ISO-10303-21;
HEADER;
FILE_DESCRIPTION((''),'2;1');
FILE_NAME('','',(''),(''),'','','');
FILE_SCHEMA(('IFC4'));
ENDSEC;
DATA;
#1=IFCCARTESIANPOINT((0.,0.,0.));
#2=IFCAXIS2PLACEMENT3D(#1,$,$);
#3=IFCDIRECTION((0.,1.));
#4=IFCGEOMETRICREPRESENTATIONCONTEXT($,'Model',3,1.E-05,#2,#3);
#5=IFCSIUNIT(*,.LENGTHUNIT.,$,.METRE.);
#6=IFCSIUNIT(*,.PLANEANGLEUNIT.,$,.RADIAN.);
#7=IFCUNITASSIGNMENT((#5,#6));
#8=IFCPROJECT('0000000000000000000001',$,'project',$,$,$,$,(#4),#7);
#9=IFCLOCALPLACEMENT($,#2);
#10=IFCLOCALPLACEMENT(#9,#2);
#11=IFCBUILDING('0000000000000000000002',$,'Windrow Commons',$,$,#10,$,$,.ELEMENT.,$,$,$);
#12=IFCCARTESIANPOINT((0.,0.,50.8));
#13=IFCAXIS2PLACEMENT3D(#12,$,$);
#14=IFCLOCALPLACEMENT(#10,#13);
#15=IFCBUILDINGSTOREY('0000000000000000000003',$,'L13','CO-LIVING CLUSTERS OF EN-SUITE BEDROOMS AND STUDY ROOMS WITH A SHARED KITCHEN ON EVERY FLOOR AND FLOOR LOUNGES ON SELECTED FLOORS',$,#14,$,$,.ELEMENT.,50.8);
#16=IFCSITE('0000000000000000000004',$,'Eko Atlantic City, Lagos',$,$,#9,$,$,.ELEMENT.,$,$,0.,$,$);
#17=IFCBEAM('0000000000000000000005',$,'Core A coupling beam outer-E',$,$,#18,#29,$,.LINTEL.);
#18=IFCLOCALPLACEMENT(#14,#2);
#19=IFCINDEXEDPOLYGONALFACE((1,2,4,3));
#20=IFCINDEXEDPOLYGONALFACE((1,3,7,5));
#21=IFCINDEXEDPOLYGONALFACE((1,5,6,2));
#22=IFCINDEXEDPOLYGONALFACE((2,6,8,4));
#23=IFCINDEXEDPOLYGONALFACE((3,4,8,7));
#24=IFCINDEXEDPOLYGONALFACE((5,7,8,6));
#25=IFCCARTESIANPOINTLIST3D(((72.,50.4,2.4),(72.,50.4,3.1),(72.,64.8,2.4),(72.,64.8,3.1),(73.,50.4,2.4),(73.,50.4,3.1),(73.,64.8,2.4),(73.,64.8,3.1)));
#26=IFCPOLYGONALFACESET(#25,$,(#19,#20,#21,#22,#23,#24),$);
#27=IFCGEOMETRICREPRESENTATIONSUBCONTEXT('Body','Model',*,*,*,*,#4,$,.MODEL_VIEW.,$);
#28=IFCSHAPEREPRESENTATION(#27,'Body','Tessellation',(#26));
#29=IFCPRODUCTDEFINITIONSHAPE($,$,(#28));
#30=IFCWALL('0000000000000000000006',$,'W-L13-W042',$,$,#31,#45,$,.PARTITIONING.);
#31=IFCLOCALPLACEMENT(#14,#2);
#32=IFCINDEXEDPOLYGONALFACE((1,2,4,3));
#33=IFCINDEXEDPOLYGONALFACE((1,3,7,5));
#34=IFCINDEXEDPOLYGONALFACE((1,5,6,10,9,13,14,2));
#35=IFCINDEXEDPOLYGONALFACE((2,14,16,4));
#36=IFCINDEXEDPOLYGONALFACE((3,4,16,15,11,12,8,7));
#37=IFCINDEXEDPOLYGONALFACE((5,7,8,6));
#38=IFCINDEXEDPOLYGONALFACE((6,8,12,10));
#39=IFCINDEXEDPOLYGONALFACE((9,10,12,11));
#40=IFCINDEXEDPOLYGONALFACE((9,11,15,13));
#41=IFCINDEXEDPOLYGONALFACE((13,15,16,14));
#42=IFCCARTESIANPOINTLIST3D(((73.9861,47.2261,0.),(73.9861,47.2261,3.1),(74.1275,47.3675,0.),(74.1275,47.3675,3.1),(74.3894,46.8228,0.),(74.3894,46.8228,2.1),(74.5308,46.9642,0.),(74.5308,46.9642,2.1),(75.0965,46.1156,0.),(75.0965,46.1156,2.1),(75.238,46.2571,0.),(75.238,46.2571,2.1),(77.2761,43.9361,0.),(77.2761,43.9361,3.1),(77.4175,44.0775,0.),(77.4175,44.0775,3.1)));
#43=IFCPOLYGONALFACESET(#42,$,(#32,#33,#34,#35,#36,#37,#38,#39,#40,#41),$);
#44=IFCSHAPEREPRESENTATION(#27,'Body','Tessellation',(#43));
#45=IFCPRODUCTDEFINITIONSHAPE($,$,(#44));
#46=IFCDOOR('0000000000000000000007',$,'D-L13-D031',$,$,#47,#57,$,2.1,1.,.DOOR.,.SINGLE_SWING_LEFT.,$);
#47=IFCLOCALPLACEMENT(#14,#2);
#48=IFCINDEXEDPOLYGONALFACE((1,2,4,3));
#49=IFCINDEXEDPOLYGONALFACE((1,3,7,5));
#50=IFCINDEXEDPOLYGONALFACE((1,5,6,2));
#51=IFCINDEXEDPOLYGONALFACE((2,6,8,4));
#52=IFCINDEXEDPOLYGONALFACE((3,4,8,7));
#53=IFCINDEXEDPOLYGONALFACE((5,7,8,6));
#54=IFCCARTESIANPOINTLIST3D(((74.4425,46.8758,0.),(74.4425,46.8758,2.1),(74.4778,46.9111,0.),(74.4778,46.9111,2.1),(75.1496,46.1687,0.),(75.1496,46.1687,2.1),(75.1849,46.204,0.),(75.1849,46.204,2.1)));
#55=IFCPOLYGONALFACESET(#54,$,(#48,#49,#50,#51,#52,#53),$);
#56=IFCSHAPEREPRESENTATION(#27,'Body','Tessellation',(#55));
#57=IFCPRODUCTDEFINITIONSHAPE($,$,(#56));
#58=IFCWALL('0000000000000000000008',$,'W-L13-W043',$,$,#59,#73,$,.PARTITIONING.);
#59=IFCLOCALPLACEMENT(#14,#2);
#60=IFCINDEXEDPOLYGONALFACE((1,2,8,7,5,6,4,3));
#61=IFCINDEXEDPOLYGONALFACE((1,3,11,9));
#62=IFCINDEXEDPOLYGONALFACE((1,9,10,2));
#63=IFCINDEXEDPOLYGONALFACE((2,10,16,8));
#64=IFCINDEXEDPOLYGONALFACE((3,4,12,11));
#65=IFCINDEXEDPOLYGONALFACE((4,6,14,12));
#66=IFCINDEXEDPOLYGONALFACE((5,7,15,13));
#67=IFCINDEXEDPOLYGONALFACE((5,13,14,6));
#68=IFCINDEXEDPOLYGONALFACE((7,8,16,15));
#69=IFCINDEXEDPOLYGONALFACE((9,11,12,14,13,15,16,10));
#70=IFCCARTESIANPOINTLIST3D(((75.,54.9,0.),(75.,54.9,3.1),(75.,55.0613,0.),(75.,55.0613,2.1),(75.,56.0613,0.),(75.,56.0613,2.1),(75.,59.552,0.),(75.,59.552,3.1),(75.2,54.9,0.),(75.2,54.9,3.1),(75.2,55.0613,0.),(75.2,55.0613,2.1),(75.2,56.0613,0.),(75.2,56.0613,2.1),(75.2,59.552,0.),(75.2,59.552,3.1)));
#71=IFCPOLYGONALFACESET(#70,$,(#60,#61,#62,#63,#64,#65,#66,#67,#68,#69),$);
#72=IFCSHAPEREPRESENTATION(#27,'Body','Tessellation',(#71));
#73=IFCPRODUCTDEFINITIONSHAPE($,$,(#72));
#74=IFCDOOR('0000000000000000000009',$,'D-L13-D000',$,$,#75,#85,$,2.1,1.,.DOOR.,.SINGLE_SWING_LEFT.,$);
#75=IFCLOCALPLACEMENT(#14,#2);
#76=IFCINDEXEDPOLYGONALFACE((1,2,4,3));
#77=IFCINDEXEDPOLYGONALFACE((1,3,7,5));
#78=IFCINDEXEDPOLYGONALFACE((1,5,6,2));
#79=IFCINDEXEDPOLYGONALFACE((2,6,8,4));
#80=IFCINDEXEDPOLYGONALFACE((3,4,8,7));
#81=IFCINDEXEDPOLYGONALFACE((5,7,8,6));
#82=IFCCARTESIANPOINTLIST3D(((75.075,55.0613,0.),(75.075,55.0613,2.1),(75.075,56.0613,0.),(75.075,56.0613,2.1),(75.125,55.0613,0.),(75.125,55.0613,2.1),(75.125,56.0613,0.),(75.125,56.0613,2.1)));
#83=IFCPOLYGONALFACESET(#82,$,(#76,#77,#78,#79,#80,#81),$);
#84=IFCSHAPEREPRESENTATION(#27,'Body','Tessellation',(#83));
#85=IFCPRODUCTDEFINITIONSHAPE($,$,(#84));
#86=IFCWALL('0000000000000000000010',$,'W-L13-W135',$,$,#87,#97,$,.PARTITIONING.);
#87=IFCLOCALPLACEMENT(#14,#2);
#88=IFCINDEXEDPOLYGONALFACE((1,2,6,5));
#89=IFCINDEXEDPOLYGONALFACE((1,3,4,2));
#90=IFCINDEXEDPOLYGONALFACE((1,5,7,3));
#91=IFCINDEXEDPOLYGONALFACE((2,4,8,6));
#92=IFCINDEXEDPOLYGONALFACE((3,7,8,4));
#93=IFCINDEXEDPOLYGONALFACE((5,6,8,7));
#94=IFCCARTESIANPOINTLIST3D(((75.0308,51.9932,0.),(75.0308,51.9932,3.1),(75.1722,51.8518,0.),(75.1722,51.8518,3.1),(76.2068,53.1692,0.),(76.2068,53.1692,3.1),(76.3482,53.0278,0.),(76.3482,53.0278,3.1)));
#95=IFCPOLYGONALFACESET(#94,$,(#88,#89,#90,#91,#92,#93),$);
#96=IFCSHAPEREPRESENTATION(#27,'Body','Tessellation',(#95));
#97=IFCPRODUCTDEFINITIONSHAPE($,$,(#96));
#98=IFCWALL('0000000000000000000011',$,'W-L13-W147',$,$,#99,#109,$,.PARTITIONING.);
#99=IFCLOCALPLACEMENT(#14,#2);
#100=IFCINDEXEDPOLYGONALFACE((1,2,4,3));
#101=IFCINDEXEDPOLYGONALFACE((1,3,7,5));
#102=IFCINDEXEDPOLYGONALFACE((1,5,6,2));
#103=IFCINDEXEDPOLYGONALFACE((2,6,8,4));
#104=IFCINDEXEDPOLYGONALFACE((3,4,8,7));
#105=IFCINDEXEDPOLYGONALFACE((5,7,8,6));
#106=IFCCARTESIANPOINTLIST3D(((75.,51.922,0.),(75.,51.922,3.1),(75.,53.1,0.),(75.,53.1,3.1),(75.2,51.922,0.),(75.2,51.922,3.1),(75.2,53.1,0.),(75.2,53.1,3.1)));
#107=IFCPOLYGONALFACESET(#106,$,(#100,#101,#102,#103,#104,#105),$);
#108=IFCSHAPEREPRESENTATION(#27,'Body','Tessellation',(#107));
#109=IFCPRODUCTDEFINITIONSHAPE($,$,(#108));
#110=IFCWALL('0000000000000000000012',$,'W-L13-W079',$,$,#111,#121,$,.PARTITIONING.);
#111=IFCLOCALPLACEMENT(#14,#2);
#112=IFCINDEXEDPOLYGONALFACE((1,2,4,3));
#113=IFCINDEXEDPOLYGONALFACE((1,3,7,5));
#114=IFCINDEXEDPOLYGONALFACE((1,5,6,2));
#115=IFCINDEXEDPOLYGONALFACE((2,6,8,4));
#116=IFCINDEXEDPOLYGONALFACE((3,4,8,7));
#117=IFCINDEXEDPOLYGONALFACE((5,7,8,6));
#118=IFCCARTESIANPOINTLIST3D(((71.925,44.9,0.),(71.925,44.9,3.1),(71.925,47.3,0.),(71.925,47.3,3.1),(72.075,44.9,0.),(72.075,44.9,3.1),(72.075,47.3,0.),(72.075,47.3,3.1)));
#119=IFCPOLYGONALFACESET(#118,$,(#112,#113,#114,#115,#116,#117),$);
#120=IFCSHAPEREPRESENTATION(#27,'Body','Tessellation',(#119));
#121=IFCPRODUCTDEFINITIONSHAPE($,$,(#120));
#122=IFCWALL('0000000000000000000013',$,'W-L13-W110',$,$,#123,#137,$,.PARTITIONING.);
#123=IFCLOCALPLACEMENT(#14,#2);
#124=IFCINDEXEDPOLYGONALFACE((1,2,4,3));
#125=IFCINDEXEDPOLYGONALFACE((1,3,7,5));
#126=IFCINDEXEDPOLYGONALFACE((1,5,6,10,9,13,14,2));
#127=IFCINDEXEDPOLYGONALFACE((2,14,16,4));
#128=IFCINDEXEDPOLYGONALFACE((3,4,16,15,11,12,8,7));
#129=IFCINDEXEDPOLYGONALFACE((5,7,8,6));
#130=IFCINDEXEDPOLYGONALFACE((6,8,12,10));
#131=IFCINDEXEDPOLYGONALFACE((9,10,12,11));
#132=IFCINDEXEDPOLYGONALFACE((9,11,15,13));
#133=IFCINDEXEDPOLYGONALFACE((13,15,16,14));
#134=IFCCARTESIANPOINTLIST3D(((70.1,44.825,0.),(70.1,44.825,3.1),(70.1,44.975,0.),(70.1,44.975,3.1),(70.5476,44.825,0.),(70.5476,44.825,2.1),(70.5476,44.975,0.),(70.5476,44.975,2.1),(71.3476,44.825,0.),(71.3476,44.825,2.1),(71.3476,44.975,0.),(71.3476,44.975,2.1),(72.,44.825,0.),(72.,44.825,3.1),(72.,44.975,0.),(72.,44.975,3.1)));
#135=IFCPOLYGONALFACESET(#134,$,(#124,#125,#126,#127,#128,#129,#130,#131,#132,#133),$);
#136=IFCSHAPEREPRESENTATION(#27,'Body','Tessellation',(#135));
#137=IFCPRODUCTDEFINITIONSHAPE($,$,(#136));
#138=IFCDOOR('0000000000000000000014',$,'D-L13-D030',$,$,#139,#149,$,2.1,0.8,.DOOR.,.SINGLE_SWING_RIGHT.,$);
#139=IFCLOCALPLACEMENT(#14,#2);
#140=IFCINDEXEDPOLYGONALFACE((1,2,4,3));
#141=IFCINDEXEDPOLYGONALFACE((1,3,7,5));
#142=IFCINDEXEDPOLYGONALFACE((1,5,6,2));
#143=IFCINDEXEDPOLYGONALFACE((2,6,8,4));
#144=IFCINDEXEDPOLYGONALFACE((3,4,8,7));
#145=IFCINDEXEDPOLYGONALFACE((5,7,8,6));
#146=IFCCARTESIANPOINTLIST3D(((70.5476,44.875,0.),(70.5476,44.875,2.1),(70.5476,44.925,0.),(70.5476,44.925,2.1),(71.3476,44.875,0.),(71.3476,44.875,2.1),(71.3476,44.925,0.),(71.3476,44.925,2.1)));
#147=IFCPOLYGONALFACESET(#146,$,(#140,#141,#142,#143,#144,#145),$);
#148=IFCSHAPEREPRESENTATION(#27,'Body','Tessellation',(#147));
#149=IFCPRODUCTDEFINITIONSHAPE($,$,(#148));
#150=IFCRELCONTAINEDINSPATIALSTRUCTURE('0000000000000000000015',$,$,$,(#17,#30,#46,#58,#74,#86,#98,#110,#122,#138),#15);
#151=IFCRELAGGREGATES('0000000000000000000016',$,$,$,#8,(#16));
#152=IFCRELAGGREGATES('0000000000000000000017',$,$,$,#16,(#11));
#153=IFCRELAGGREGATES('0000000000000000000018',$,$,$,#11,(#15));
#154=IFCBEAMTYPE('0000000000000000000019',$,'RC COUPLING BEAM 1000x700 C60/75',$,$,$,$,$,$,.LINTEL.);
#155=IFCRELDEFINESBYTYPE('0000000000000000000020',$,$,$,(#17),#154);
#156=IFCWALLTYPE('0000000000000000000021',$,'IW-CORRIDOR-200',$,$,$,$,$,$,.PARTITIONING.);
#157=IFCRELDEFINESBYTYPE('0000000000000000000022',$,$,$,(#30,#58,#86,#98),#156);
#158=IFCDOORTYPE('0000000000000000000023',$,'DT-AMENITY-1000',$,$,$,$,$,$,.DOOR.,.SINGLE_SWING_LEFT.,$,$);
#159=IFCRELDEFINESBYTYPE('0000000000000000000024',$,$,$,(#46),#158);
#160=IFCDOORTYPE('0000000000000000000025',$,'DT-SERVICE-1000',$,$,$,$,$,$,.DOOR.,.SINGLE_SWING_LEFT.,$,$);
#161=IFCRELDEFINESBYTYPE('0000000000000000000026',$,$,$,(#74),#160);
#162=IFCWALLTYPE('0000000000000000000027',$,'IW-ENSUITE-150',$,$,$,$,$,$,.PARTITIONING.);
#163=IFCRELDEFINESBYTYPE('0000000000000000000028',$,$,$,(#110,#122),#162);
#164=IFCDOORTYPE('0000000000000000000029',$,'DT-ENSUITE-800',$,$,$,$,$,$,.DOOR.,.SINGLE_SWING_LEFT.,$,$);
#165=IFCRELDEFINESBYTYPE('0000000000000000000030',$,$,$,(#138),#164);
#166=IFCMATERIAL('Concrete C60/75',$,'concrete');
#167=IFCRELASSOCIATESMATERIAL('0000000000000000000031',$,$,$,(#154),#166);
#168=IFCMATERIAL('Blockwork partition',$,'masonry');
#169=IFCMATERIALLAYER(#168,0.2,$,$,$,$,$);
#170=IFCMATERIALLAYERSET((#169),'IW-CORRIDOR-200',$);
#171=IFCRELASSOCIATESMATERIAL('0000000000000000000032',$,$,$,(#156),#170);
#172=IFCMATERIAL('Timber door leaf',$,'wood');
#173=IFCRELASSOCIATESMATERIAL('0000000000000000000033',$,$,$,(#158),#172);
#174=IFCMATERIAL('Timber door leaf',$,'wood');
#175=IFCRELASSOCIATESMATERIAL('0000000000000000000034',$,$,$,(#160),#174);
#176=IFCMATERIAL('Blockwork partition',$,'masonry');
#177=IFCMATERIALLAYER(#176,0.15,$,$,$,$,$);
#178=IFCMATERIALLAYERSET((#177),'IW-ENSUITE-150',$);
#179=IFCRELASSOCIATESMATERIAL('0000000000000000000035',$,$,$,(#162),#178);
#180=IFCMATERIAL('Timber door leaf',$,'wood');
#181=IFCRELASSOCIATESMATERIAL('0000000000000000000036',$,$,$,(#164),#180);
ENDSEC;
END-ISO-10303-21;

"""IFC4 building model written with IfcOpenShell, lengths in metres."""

from ifc_helpers import new_model, si_unit, direction, frame, frame_2d, origin, origin_2d, place, context, subcontext, project, spatial, rectangle, extrude, material, layer, layer_set, material_profile, profile_set, type_object, element, fill, save


model = new_model("IFC4")

# Units and contexts
model_context = context("Model", 3, precision=1e-05, world=origin(), true_north=direction((0.0, 1.0)))
body_context = subcontext(model_context, "Body", "Model", "MODEL_VIEW")
ifc_project = project(units=[si_unit("LENGTHUNIT", "METRE"), si_unit("PLANEANGLEUNIT", "RADIAN")], contexts=[model_context])

# Site, building, storey
site_placement = place(None, origin())
site = spatial("IfcSite", under=ifc_project, at=site_placement, Name="Eko Atlantic City, Lagos", CompositionType="ELEMENT", RefElevation=0.0)
building_placement = place(site_placement, origin())
building = spatial("IfcBuilding", under=site, at=building_placement, Name="Windrow Commons", CompositionType="ELEMENT")
storey_placement = place(building_placement, frame((0.0, 0.0, 50.8)))
storey = spatial("IfcBuildingStorey", under=building, at=storey_placement, Name="L13", Description="CO-LIVING CLUSTERS OF EN-SUITE BEDROOMS AND STUDY ROOMS WITH A SHARED KITCHEN ON EVERY FLOOR AND FLOOR LOUNGES ON SELECTED FLOORS", CompositionType="ELEMENT", Elevation=50.8)

# Beam
ifc_material_1 = material(Name="Concrete C60/75", Category="concrete")
ifc_material_profile = material_profile(ifc_material_1, rectangle(XDim=1.0, YDim=0.7, at=origin_2d()))
ifc_profile_set = profile_set([ifc_material_profile], Name="Concrete C60/75")
beam_type = type_object("IfcBeamType", Name="RC COUPLING BEAM 1000x700 C60/75", PredefinedType="LINTEL", material=ifc_profile_set)
beam_placement = place(storey_placement, frame((72.5, 50.4, 2.75), z_axis=(0.0, 1.0, 0.0), x_axis=(-1.0, 0.0, 0.0)))
element("IfcBeam", 1, at=beam_placement, inside=storey, type_object=beam_type, Name="Core A coupling beam outer-E", PredefinedType="LINTEL", context=body_context, shape_type="SweptSolid", body=[
    extrude(rectangle(XDim=1.0, YDim=0.7, at=origin_2d()), origin(), (0.0, 0.0, 1.0), 14.4),
])

# Walls, openings, doors
ifc_material_2 = material(Name="Blockwork partition", Category="masonry")
ifc_layer_1 = layer(ifc_material_2, 0.2)
ifc_layer_set_1 = layer_set([ifc_layer_1], Name="IW-CORRIDOR-200")
wall_type_1 = type_object("IfcWallType", Name="IW-CORRIDOR-200", PredefinedType="PARTITIONING", material=ifc_layer_set_1)
wall_1_placement = place(storey_placement, frame((74.0568, 47.2968, 0.0), z_axis=(0.0, 0.0, 1.0), x_axis=(0.707107, -0.707107, 0.0)))
wall_1 = element("IfcWall", 2, at=wall_1_placement, inside=storey, type_object=wall_type_1, Name="W-L13-W042", PredefinedType="PARTITIONING", context=body_context, shape_type="SweptSolid", body=[
    extrude(rectangle(XDim=4.6528, YDim=0.2, at=frame_2d((2.3264, 0.0))), origin(), (0.0, 0.0, 1.0), 3.1),
])
opening_1_placement = place(wall_1_placement, frame((0.5704, 0.0, 0.0)))
opening_1 = element("IfcOpeningElement", 3, at=opening_1_placement, cuts=wall_1, PredefinedType="OPENING", context=body_context, shape_type="SweptSolid", body=[
    extrude(rectangle(XDim=1.0, YDim=2.1, at=frame_2d((0.5, 1.05))), frame((0.0, 0.11, 0.0), z_axis=(0.0, -1.0, 0.0), x_axis=(1.0, 0.0, 0.0)), (0.0, 0.0, 1.0), 0.22),
])
ifc_material_3 = material(Name="Timber door leaf", Category="wood")
door_type_1 = type_object("IfcDoorType", Name="DT-AMENITY-1000", OperationType="SINGLE_SWING_LEFT", PredefinedType="DOOR", material=ifc_material_3)
door_1_placement = place(opening_1_placement, origin())
door_1 = element("IfcDoor", 4, at=door_1_placement, inside=storey, type_object=door_type_1, Name="D-L13-D031", OperationType="SINGLE_SWING_LEFT", OverallHeight=2.1, OverallWidth=1.0, PredefinedType="DOOR", context=body_context, shape_type="SweptSolid", body=[
    extrude(rectangle(XDim=1.0, YDim=2.1, at=frame_2d((0.5, 1.05))), frame((0.0, 0.025, 0.0), z_axis=(0.0, -1.0, 0.0), x_axis=(1.0, 0.0, 0.0)), (0.0, 0.0, 1.0), 0.05),
])
fill(opening_1, door_1)
wall_2_placement = place(storey_placement, frame((75.1, 54.9, 0.0), z_axis=(0.0, 0.0, 1.0), x_axis=(0.0, 1.0, 0.0)))
wall_2 = element("IfcWall", 5, at=wall_2_placement, inside=storey, type_object=wall_type_1, Name="W-L13-W043", PredefinedType="PARTITIONING", context=body_context, shape_type="SweptSolid", body=[
    extrude(rectangle(XDim=4.652, YDim=0.2, at=frame_2d((2.326, 0.0))), origin(), (0.0, 0.0, 1.0), 3.1),
])
opening_2_placement = place(wall_2_placement, frame((0.1613, 0.0, 0.0)))
opening_2 = element("IfcOpeningElement", 6, at=opening_2_placement, cuts=wall_2, PredefinedType="OPENING", context=body_context, shape_type="SweptSolid", body=[
    extrude(rectangle(XDim=1.0, YDim=2.1, at=frame_2d((0.5, 1.05))), frame((0.0, 0.11, 0.0), z_axis=(0.0, -1.0, 0.0), x_axis=(1.0, 0.0, 0.0)), (0.0, 0.0, 1.0), 0.22),
])
ifc_material_4 = material(Name="Timber door leaf", Category="wood")
door_type_2 = type_object("IfcDoorType", Name="DT-SERVICE-1000", OperationType="SINGLE_SWING_LEFT", PredefinedType="DOOR", material=ifc_material_4)
door_2_placement = place(opening_2_placement, origin())
door_2 = element("IfcDoor", 7, at=door_2_placement, inside=storey, type_object=door_type_2, Name="D-L13-D000", OperationType="SINGLE_SWING_LEFT", OverallHeight=2.1, OverallWidth=1.0, PredefinedType="DOOR", context=body_context, shape_type="SweptSolid", body=[
    extrude(rectangle(XDim=1.0, YDim=2.1, at=frame_2d((0.5, 1.05))), frame((0.0, 0.025, 0.0), z_axis=(0.0, -1.0, 0.0), x_axis=(1.0, 0.0, 0.0)), (0.0, 0.0, 1.0), 0.05),
])
fill(opening_2, door_2)

# Walls
wall_3_placement = place(storey_placement, frame((75.1015, 51.9225, 0.0), z_axis=(0.0, 0.0, 1.0), x_axis=(0.707107, 0.707107, 0.0)))
element("IfcWall", 8, at=wall_3_placement, inside=storey, type_object=wall_type_1, Name="W-L13-W135", PredefinedType="PARTITIONING", context=body_context, shape_type="SweptSolid", body=[
    extrude(rectangle(XDim=1.6631, YDim=0.2, at=frame_2d((0.8316, 0.0))), origin(), (0.0, 0.0, 1.0), 3.1),
])
wall_4_placement = place(storey_placement, frame((75.1, 51.922, 0.0), z_axis=(0.0, 0.0, 1.0), x_axis=(0.0, 1.0, 0.0)))
element("IfcWall", 9, at=wall_4_placement, inside=storey, type_object=wall_type_1, Name="W-L13-W147", PredefinedType="PARTITIONING", context=body_context, shape_type="SweptSolid", body=[
    extrude(rectangle(XDim=1.178, YDim=0.2, at=frame_2d((0.589, 0.0))), origin(), (0.0, 0.0, 1.0), 3.1),
])
ifc_material_5 = material(Name="Blockwork partition", Category="masonry")
ifc_layer_2 = layer(ifc_material_5, 0.15)
ifc_layer_set_2 = layer_set([ifc_layer_2], Name="IW-ENSUITE-150")
wall_type_2 = type_object("IfcWallType", Name="IW-ENSUITE-150", PredefinedType="PARTITIONING", material=ifc_layer_set_2)
wall_5_placement = place(storey_placement, frame((72.0, 44.9, 0.0), z_axis=(0.0, 0.0, 1.0), x_axis=(0.0, 1.0, 0.0)))
element("IfcWall", 10, at=wall_5_placement, inside=storey, type_object=wall_type_2, Name="W-L13-W079", PredefinedType="PARTITIONING", context=body_context, shape_type="SweptSolid", body=[
    extrude(rectangle(XDim=2.4, YDim=0.15, at=frame_2d((1.2, 0.0))), origin(), (0.0, 0.0, 1.0), 3.1),
])

# Wall, opening, door
wall_6_placement = place(storey_placement, frame((70.1, 44.9, 0.0), z_axis=(0.0, 0.0, 1.0), x_axis=(1.0, 0.0, 0.0)))
wall_6 = element("IfcWall", 11, at=wall_6_placement, inside=storey, type_object=wall_type_2, Name="W-L13-W110", PredefinedType="PARTITIONING", context=body_context, shape_type="SweptSolid", body=[
    extrude(rectangle(XDim=1.9, YDim=0.15, at=frame_2d((0.95, 0.0))), origin(), (0.0, 0.0, 1.0), 3.1),
])
opening_3_placement = place(wall_6_placement, frame((0.4476, 0.0, 0.0)))
opening_3 = element("IfcOpeningElement", 12, at=opening_3_placement, cuts=wall_6, PredefinedType="OPENING", context=body_context, shape_type="SweptSolid", body=[
    extrude(rectangle(XDim=0.8, YDim=2.1, at=frame_2d((0.4, 1.05))), frame((0.0, 0.085, 0.0), z_axis=(0.0, -1.0, 0.0), x_axis=(1.0, 0.0, 0.0)), (0.0, 0.0, 1.0), 0.17),
])
ifc_material_6 = material(Name="Timber door leaf", Category="wood")
door_type_3 = type_object("IfcDoorType", Name="DT-ENSUITE-800", OperationType="SINGLE_SWING_LEFT", PredefinedType="DOOR", material=ifc_material_6)
door_3_placement = place(opening_3_placement, origin())
door_3 = element("IfcDoor", 13, at=door_3_placement, inside=storey, type_object=door_type_3, Name="D-L13-D030", OperationType="SINGLE_SWING_RIGHT", OverallHeight=2.1, OverallWidth=0.8, PredefinedType="DOOR", context=body_context, shape_type="SweptSolid", body=[
    extrude(rectangle(XDim=0.8, YDim=2.1, at=frame_2d((0.4, 1.05))), frame((0.0, 0.025, 0.0), z_axis=(0.0, -1.0, 0.0), x_axis=(1.0, 0.0, 0.0)), (0.0, 0.0, 1.0), 0.05),
])
fill(opening_3, door_3)

save(model, "model.ifc")
